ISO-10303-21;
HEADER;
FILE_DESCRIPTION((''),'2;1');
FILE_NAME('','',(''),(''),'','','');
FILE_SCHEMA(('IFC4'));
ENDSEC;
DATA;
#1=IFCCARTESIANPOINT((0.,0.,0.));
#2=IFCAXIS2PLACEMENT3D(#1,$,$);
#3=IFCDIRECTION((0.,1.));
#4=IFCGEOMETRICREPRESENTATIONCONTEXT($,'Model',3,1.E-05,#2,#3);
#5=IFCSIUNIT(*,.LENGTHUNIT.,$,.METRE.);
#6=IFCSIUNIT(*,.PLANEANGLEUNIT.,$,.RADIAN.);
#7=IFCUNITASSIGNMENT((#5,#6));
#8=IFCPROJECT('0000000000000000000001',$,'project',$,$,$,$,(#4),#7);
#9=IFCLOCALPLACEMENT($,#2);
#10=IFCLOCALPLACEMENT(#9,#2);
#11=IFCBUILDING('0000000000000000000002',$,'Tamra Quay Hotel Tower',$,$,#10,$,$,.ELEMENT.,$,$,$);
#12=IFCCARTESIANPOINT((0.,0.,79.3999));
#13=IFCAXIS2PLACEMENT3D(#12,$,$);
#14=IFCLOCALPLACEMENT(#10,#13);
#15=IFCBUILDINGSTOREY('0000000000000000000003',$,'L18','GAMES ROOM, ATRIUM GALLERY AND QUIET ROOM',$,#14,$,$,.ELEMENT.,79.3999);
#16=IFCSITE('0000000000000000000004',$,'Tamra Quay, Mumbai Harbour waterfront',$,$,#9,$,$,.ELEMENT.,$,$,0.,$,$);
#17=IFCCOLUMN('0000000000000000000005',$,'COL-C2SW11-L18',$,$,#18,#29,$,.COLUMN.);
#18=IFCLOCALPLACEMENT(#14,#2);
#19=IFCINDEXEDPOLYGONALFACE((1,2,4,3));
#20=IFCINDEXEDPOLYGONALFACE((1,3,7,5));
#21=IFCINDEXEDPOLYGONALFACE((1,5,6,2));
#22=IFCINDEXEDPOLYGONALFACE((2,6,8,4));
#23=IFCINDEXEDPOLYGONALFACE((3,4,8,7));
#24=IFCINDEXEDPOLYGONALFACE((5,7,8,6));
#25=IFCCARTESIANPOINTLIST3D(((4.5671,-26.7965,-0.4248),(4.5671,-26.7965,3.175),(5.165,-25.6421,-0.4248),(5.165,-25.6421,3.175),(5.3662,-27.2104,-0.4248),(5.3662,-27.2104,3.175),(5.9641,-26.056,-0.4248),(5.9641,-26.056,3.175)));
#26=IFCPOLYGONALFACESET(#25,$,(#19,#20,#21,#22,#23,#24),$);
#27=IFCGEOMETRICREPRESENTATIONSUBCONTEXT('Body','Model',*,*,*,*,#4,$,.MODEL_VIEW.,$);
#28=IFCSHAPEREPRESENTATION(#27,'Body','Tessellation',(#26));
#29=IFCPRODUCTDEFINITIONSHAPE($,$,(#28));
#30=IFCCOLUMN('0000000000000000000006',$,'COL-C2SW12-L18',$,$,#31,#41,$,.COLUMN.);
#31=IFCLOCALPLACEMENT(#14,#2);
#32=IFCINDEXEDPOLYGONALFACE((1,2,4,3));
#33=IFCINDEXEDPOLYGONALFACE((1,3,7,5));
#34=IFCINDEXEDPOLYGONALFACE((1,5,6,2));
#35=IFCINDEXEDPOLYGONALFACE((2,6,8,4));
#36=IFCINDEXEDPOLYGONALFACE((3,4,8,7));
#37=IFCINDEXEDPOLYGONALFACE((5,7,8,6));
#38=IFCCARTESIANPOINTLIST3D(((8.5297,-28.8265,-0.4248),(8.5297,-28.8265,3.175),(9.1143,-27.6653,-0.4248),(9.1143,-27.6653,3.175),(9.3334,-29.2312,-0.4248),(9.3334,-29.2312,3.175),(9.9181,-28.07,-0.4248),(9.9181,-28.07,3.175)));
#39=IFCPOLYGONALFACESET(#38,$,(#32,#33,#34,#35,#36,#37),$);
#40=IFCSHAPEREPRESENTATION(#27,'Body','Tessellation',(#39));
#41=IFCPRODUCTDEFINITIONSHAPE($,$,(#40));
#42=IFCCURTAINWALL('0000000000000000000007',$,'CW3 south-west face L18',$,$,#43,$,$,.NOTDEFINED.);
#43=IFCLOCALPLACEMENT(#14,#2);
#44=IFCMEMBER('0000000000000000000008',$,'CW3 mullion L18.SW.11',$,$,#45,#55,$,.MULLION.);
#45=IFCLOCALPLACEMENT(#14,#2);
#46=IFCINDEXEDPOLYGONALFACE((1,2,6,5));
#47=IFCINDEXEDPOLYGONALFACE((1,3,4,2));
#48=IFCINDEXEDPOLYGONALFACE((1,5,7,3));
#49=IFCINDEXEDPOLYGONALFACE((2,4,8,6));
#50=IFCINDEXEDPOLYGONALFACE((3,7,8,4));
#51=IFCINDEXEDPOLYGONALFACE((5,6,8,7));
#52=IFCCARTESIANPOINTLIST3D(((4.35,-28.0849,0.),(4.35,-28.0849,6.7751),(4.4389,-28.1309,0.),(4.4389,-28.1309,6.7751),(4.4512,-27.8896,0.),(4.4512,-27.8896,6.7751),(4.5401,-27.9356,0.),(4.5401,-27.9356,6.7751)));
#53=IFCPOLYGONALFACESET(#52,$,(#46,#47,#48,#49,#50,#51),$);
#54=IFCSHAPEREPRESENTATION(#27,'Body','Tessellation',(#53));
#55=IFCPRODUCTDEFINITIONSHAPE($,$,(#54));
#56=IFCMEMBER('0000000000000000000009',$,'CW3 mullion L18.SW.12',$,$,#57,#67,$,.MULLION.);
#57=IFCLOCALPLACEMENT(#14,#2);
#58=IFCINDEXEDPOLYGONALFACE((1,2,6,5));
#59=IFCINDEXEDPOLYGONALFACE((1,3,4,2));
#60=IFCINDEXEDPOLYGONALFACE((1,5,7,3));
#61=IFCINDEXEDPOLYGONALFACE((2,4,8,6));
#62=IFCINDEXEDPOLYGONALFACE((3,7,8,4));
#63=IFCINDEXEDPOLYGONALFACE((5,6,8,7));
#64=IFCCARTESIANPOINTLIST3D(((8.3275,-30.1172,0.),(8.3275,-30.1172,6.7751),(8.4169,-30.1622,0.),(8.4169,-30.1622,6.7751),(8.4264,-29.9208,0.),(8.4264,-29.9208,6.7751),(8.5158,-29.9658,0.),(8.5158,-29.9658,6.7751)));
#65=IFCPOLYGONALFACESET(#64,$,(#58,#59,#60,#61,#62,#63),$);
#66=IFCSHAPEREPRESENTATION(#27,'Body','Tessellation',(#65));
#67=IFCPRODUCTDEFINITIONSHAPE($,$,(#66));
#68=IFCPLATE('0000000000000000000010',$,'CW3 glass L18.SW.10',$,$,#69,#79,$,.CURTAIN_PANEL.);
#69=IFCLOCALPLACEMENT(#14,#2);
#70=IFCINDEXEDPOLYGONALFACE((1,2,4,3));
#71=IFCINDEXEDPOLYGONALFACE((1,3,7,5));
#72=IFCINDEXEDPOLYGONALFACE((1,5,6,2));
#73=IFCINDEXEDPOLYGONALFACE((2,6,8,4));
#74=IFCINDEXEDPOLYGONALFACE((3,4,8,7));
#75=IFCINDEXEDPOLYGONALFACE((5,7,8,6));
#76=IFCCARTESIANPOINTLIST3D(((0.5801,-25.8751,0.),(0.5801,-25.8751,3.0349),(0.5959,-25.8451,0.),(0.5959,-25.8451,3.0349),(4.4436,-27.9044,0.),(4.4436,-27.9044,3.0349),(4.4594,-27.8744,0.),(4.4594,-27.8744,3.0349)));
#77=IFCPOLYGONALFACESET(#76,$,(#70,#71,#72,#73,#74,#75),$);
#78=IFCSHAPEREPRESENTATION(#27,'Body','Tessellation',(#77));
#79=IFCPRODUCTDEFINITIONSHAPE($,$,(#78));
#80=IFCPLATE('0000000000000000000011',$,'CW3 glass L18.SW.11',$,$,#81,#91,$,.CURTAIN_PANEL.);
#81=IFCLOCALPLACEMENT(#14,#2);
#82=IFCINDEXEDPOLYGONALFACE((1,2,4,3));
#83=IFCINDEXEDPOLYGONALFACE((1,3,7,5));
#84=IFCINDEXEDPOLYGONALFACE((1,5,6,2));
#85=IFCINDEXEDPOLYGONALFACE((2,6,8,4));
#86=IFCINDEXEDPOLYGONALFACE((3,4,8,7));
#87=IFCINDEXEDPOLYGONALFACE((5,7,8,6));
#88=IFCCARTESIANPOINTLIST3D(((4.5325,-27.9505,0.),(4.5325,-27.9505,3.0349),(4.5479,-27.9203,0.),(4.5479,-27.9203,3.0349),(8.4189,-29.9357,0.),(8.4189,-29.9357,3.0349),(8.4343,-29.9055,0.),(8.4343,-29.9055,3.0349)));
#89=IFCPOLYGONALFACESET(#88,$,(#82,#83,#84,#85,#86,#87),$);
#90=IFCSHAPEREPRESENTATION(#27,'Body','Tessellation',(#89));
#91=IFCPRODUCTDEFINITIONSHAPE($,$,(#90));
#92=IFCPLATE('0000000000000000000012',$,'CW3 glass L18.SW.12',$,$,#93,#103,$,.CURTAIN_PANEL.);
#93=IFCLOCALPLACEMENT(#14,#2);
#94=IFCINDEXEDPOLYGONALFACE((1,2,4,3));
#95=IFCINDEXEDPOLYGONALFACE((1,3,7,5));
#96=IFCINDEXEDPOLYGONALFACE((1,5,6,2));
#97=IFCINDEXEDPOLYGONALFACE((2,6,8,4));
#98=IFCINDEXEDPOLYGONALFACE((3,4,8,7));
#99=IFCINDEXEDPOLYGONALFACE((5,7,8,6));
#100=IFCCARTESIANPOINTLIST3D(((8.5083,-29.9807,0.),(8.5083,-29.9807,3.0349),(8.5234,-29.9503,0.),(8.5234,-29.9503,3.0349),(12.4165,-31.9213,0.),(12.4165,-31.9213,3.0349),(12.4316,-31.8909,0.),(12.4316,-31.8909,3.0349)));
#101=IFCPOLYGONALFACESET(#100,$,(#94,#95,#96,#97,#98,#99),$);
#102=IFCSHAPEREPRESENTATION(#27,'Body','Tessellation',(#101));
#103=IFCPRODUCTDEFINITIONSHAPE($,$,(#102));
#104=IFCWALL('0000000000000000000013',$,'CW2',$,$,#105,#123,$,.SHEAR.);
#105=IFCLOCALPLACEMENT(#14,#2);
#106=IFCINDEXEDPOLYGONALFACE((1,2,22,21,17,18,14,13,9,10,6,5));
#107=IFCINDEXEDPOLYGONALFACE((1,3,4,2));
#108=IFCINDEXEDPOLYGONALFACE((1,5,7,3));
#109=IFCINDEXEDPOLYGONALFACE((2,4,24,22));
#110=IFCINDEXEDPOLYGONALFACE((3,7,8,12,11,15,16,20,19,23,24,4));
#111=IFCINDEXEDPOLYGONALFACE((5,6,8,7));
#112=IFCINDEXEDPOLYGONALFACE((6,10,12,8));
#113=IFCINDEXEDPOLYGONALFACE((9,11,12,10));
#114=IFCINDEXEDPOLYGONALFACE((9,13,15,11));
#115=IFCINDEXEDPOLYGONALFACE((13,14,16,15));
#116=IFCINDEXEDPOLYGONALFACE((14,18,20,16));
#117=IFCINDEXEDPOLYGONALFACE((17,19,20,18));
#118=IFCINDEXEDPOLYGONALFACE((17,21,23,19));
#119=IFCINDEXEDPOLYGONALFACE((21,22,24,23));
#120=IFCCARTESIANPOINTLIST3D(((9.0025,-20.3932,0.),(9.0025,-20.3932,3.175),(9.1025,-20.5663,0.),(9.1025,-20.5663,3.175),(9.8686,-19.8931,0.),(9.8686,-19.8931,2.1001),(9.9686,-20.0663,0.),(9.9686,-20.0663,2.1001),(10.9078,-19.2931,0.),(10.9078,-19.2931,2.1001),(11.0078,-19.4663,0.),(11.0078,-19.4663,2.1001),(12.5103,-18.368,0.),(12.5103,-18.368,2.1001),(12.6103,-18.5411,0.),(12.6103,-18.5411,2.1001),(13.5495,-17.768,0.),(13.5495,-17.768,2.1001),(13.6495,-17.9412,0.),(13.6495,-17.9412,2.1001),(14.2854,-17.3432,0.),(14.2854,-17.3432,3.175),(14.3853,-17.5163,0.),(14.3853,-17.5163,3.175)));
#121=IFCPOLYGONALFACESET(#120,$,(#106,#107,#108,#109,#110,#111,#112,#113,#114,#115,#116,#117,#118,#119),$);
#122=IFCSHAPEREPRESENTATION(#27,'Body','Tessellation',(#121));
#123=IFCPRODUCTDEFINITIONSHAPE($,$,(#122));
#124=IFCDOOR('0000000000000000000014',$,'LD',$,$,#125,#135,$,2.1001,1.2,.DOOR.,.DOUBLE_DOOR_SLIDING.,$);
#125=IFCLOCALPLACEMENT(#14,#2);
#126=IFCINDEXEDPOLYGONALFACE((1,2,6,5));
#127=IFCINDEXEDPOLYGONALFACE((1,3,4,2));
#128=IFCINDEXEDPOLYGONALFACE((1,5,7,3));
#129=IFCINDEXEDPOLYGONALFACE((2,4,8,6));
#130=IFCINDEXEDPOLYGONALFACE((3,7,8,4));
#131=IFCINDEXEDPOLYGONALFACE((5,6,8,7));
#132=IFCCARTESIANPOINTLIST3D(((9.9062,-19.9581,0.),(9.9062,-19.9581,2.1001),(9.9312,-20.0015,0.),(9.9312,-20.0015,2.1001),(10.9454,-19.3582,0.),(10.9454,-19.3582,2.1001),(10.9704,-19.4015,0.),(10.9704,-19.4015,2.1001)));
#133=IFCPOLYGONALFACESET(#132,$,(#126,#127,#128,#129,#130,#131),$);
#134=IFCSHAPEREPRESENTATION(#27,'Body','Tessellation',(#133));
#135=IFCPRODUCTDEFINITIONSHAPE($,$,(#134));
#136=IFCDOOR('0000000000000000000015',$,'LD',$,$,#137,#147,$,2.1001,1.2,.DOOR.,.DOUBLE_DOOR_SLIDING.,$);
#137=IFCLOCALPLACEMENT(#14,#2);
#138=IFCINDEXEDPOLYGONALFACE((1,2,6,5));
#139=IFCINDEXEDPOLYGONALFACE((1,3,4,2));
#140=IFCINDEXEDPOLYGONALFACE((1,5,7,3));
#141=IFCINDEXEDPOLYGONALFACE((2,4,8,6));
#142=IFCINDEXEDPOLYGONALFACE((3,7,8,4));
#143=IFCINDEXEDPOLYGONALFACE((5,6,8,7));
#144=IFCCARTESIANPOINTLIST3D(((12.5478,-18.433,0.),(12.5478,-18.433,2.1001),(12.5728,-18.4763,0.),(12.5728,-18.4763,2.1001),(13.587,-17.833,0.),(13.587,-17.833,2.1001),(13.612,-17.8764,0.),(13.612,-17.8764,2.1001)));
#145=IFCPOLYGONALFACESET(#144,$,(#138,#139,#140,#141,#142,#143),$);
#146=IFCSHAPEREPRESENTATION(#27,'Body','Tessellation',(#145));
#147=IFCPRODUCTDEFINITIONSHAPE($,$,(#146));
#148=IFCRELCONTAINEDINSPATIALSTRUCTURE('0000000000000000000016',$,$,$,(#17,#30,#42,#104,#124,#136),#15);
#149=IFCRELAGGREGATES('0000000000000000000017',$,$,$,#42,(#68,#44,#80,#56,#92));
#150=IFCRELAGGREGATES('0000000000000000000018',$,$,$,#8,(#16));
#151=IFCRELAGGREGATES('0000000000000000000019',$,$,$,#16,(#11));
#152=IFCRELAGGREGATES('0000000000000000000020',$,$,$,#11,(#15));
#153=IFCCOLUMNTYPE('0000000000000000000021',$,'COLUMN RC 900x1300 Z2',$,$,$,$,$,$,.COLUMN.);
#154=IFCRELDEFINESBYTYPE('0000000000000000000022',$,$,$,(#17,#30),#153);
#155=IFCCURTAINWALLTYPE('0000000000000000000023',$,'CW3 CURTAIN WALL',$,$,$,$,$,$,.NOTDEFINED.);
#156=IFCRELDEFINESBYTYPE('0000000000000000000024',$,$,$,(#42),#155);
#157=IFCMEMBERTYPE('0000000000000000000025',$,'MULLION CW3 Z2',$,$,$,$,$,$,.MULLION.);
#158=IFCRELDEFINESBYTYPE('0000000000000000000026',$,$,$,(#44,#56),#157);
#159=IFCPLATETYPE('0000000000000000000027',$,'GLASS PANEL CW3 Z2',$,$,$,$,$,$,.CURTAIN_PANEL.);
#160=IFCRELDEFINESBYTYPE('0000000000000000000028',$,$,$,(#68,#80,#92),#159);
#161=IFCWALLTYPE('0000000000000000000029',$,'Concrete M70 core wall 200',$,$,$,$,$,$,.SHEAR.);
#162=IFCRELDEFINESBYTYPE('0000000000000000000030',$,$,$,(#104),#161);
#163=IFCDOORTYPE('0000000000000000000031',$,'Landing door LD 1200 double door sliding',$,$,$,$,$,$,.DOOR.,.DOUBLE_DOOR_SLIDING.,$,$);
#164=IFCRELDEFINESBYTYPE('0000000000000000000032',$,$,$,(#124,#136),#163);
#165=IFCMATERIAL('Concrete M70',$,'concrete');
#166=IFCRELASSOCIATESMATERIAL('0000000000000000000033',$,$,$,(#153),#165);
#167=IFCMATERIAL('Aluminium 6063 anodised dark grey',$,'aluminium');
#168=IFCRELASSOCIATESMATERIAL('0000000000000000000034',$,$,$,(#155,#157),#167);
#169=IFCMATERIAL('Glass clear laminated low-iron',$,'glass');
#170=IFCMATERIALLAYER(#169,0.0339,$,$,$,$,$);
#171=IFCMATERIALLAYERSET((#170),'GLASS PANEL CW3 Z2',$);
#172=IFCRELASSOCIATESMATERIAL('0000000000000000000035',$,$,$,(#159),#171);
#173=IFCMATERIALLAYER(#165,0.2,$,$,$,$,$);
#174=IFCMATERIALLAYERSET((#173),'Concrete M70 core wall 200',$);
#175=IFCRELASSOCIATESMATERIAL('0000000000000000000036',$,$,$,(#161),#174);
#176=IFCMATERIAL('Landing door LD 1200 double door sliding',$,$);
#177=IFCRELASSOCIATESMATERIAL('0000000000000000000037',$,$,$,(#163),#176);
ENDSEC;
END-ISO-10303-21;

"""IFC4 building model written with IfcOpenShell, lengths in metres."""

from ifc_helpers import new_model, si_unit, direction, frame, frame_2d, origin, origin_2d, place, context, subcontext, project, spatial, rectangle, extrude, material, layer, layer_set, material_profile, profile_set, type_object, element, fill, aggregate, save


model = new_model("IFC4")

# Units and contexts
model_context = context("Model", 3, precision=1e-05, world=origin(), true_north=direction((0.0, 1.0)))
body_context = subcontext(model_context, "Body", "Model", "MODEL_VIEW")
ifc_project = project(units=[si_unit("LENGTHUNIT", "METRE"), si_unit("PLANEANGLEUNIT", "RADIAN")], contexts=[model_context])

# Site, building, storey
site_placement = place(None, origin())
site = spatial("IfcSite", under=ifc_project, at=site_placement, Name="Tamra Quay, Mumbai Harbour waterfront", CompositionType="ELEMENT", RefElevation=0.0)
building_placement = place(site_placement, origin())
building = spatial("IfcBuilding", under=site, at=building_placement, Name="Tamra Quay Hotel Tower", CompositionType="ELEMENT")
storey_placement = place(building_placement, frame((0.0, 0.0, 79.3999)))
storey = spatial("IfcBuildingStorey", under=building, at=storey_placement, Name="L18", Description="GAMES ROOM, ATRIUM GALLERY AND QUIET ROOM", CompositionType="ELEMENT", Elevation=79.3999)

# Columns
ifc_material_1 = material(Name="Concrete M70", Category="concrete")
ifc_material_profile_1 = material_profile(ifc_material_1, rectangle(XDim=1.3, YDim=0.8999, at=origin_2d()), Name="COLUMN RC 900x1300 Z2")
ifc_profile_set_1 = profile_set([ifc_material_profile_1], Name="Concrete M70")
column_type = type_object("IfcColumnType", Name="COLUMN RC 900x1300 Z2", PredefinedType="COLUMN", material=ifc_profile_set_1)
for number, where, z_axis, x_axis, name in (
    (1, (5.2656, -26.4263, -0.4248), (0.0, 0.0, 1.0), (0.45989, 0.887976, 0.0), "COL-C2SW11-L18"),
    (2, (9.2239, -28.4482, -0.4248), (0.0, 0.0, 1.0), (0.449727, 0.893166, 0.0), "COL-C2SW12-L18"),
):
    element("IfcColumn", number, at=place(storey_placement, frame(where, z_axis=z_axis, x_axis=x_axis)), inside=storey, type_object=column_type, Name=name, PredefinedType="COLUMN", context=body_context, shape_type="SweptSolid", body=[
        extrude(rectangle(XDim=1.3, YDim=0.8999, at=origin_2d()), origin(), (0.0, 0.0, 1.0), 3.5999),
    ])

# Curtain wall, members, plates
ifc_material_2 = material(Name="Aluminium 6063 anodised dark grey", Category="aluminium")
curtain_wall_type = type_object("IfcCurtainWallType", Name="CW3 CURTAIN WALL", PredefinedType="NOTDEFINED", material=ifc_material_2)
curtain_wall_placement = place(storey_placement, origin())
curtain_wall = element("IfcCurtainWall", 3, at=curtain_wall_placement, inside=storey, type_object=curtain_wall_type, Name="CW3 south-west face L18", PredefinedType="NOTDEFINED")
ifc_material_profile_2 = material_profile(ifc_material_2, rectangle(XDim=0.22, YDim=0.1001, at=origin_2d()), Name="MULLION 100X220")
ifc_profile_set_2 = profile_set([ifc_material_profile_2], Name="Aluminium 6063 anodised dark grey")
member_type = type_object("IfcMemberType", Name="MULLION CW3 Z2", PredefinedType="MULLION", material=ifc_profile_set_2)
member_1_placement = place(storey_placement, frame((4.4451, -28.0103, 0.0), z_axis=(0.0, 0.0, 1.0), x_axis=(-0.45996, -0.88794, 0.0)))
member_1 = element("IfcMember", 4, at=member_1_placement, type_object=member_type, Name="CW3 mullion L18.SW.11", PredefinedType="MULLION", context=body_context, shape_type="SweptSolid", body=[
    extrude(rectangle(XDim=0.22, YDim=0.1001, at=origin_2d()), origin(), (0.0, 0.0, 1.0), 6.7751),
])
member_2_placement = place(storey_placement, frame((8.4216, -30.0415, 0.0), z_axis=(0.0, 0.0, 1.0), x_axis=(-0.449827, -0.893116, 0.0)))
member_2 = element("IfcMember", 5, at=member_2_placement, type_object=member_type, Name="CW3 mullion L18.SW.12", PredefinedType="MULLION", context=body_context, shape_type="SweptSolid", body=[
    extrude(rectangle(XDim=0.22, YDim=0.1001, at=origin_2d()), origin(), (0.0, 0.0, 1.0), 6.7751),
])
ifc_material_3 = material(Name="Glass clear laminated low-iron", Category="glass")
ifc_layer_1 = layer(ifc_material_3, 0.0339)
ifc_layer_set_1 = layer_set([ifc_layer_1], Name="GLASS PANEL CW3 Z2")
plate_type = type_object("IfcPlateType", Name="GLASS PANEL CW3 Z2", PredefinedType="CURTAIN_PANEL", material=ifc_layer_set_1)
plate_1_placement = place(storey_placement, frame((2.5198, -26.8748, 0.0), z_axis=(0.0, 0.0, 1.0), x_axis=(0.885306, -0.465009, 0.0)))
plate_1 = element("IfcPlate", 6, at=plate_1_placement, type_object=plate_type, Name="CW3 glass L18.SW.10", PredefinedType="CURTAIN_PANEL", context=body_context, shape_type="SweptSolid", body=[
    extrude(rectangle(XDim=4.364, YDim=0.0339, at=origin_2d()), origin(), (0.0, 0.0, 1.0), 3.0349),
])
plate_2_placement = place(storey_placement, frame((6.4834, -28.928, 0.0), z_axis=(0.0, 0.0, 1.0), x_axis=(0.890544, -0.454896, 0.0)))
plate_2 = element("IfcPlate", 7, at=plate_2_placement, type_object=plate_type, Name="CW3 glass L18.SW.11", PredefinedType="CURTAIN_PANEL", context=body_context, shape_type="SweptSolid", body=[
    extrude(rectangle(XDim=4.364, YDim=0.0339, at=origin_2d()), origin(), (0.0, 0.0, 1.0), 3.0349),
])
plate_3_placement = place(storey_placement, frame((10.47, -30.9358, 0.0), z_axis=(0.0, 0.0, 1.0), x_axis=(0.895658, -0.444743, 0.0)))
plate_3 = element("IfcPlate", 8, at=plate_3_placement, type_object=plate_type, Name="CW3 glass L18.SW.12", PredefinedType="CURTAIN_PANEL", context=body_context, shape_type="SweptSolid", body=[
    extrude(rectangle(XDim=4.3635, YDim=0.0339, at=origin_2d()), origin(), (0.0, 0.0, 1.0), 3.0349),
])
aggregate(curtain_wall, [plate_1, member_1, plate_2, member_2, plate_3])

# Wall, openings, doors
ifc_layer_2 = layer(ifc_material_1, 0.2)
ifc_layer_set_2 = layer_set([ifc_layer_2], Name="Concrete M70 core wall 200")
wall_type_1 = type_object("IfcWallType", Name="Concrete M70 core wall 200", PredefinedType="SHEAR", material=ifc_layer_set_2)
wall_1_placement = place(storey_placement, frame((9.0525, -20.4797, 0.0), z_axis=(0.0, 0.0, 1.0), x_axis=(0.86603, 0.499992, 0.0)))
wall_1 = element("IfcWall", 9, at=wall_1_placement, inside=storey, type_object=wall_type_1, Name="CW2", PredefinedType="SHEAR", context=body_context, shape_type="SweptSolid", body=[
    extrude(rectangle(XDim=6.1001, YDim=0.2, at=frame_2d((3.05, 0.0))), origin(), (0.0, 0.0, 1.0), 3.175),
])
opening_1_placement = place(wall_1_placement, frame((1.0, 0.0, 0.0)))
opening_1 = element("IfcOpeningElement", 10, at=opening_1_placement, cuts=wall_1, PredefinedType="OPENING", context=body_context, shape_type="SweptSolid", body=[
    extrude(rectangle(XDim=1.2, YDim=2.1001, at=frame_2d((0.6001, 1.05))), frame((0.0, 0.1099, 0.0), z_axis=(0.0, -1.0, 0.0), x_axis=(1.0, 0.0, 0.0)), (0.0, 0.0, 1.0), 0.22),
])
opening_2_placement = place(wall_1_placement, frame((4.0503, 0.0, 0.0)))
opening_2 = element("IfcOpeningElement", 11, at=opening_2_placement, cuts=wall_1, PredefinedType="OPENING", context=body_context, shape_type="SweptSolid", body=[
    extrude(rectangle(XDim=1.2, YDim=2.1001, at=frame_2d((0.6001, 1.05))), frame((0.0, 0.1099, 0.0), z_axis=(0.0, -1.0, 0.0), x_axis=(1.0, 0.0, 0.0)), (0.0, 0.0, 1.0), 0.22),
])
ifc_material_4 = material(Name="Landing door LD 1200 double door sliding")
door_type_1 = type_object("IfcDoorType", Name="Landing door LD 1200 double door sliding", OperationType="DOUBLE_DOOR_SLIDING", PredefinedType="DOOR", material=ifc_material_4)
door_1_placement = place(opening_1_placement, origin())
door_1 = element("IfcDoor", 12, at=door_1_placement, inside=storey, type_object=door_type_1, Name="LD", OperationType="DOUBLE_DOOR_SLIDING", OverallHeight=2.1001, OverallWidth=1.2, PredefinedType="DOOR", context=body_context, shape_type="SweptSolid", body=[
    extrude(rectangle(XDim=1.2, YDim=2.1001, at=frame_2d((0.6001, 1.05))), frame((0.0, 0.0249, 0.0), z_axis=(0.0, -1.0, 0.0), x_axis=(1.0, 0.0, 0.0)), (0.0, 0.0, 1.0), 0.05),
])
fill(opening_1, door_1)
door_2_placement = place(opening_2_placement, origin())
door_2 = element("IfcDoor", 13, at=door_2_placement, inside=storey, type_object=door_type_1, Name="LD", OperationType="DOUBLE_DOOR_SLIDING", OverallHeight=2.1001, OverallWidth=1.2, PredefinedType="DOOR", context=body_context, shape_type="SweptSolid", body=[
    extrude(rectangle(XDim=1.2, YDim=2.1001, at=frame_2d((0.6001, 1.05))), frame((0.0, 0.0249, 0.0), z_axis=(0.0, -1.0, 0.0), x_axis=(1.0, 0.0, 0.0)), (0.0, 0.0, 1.0), 0.05),
])
fill(opening_2, door_2)

save(model, "model.ifc")
